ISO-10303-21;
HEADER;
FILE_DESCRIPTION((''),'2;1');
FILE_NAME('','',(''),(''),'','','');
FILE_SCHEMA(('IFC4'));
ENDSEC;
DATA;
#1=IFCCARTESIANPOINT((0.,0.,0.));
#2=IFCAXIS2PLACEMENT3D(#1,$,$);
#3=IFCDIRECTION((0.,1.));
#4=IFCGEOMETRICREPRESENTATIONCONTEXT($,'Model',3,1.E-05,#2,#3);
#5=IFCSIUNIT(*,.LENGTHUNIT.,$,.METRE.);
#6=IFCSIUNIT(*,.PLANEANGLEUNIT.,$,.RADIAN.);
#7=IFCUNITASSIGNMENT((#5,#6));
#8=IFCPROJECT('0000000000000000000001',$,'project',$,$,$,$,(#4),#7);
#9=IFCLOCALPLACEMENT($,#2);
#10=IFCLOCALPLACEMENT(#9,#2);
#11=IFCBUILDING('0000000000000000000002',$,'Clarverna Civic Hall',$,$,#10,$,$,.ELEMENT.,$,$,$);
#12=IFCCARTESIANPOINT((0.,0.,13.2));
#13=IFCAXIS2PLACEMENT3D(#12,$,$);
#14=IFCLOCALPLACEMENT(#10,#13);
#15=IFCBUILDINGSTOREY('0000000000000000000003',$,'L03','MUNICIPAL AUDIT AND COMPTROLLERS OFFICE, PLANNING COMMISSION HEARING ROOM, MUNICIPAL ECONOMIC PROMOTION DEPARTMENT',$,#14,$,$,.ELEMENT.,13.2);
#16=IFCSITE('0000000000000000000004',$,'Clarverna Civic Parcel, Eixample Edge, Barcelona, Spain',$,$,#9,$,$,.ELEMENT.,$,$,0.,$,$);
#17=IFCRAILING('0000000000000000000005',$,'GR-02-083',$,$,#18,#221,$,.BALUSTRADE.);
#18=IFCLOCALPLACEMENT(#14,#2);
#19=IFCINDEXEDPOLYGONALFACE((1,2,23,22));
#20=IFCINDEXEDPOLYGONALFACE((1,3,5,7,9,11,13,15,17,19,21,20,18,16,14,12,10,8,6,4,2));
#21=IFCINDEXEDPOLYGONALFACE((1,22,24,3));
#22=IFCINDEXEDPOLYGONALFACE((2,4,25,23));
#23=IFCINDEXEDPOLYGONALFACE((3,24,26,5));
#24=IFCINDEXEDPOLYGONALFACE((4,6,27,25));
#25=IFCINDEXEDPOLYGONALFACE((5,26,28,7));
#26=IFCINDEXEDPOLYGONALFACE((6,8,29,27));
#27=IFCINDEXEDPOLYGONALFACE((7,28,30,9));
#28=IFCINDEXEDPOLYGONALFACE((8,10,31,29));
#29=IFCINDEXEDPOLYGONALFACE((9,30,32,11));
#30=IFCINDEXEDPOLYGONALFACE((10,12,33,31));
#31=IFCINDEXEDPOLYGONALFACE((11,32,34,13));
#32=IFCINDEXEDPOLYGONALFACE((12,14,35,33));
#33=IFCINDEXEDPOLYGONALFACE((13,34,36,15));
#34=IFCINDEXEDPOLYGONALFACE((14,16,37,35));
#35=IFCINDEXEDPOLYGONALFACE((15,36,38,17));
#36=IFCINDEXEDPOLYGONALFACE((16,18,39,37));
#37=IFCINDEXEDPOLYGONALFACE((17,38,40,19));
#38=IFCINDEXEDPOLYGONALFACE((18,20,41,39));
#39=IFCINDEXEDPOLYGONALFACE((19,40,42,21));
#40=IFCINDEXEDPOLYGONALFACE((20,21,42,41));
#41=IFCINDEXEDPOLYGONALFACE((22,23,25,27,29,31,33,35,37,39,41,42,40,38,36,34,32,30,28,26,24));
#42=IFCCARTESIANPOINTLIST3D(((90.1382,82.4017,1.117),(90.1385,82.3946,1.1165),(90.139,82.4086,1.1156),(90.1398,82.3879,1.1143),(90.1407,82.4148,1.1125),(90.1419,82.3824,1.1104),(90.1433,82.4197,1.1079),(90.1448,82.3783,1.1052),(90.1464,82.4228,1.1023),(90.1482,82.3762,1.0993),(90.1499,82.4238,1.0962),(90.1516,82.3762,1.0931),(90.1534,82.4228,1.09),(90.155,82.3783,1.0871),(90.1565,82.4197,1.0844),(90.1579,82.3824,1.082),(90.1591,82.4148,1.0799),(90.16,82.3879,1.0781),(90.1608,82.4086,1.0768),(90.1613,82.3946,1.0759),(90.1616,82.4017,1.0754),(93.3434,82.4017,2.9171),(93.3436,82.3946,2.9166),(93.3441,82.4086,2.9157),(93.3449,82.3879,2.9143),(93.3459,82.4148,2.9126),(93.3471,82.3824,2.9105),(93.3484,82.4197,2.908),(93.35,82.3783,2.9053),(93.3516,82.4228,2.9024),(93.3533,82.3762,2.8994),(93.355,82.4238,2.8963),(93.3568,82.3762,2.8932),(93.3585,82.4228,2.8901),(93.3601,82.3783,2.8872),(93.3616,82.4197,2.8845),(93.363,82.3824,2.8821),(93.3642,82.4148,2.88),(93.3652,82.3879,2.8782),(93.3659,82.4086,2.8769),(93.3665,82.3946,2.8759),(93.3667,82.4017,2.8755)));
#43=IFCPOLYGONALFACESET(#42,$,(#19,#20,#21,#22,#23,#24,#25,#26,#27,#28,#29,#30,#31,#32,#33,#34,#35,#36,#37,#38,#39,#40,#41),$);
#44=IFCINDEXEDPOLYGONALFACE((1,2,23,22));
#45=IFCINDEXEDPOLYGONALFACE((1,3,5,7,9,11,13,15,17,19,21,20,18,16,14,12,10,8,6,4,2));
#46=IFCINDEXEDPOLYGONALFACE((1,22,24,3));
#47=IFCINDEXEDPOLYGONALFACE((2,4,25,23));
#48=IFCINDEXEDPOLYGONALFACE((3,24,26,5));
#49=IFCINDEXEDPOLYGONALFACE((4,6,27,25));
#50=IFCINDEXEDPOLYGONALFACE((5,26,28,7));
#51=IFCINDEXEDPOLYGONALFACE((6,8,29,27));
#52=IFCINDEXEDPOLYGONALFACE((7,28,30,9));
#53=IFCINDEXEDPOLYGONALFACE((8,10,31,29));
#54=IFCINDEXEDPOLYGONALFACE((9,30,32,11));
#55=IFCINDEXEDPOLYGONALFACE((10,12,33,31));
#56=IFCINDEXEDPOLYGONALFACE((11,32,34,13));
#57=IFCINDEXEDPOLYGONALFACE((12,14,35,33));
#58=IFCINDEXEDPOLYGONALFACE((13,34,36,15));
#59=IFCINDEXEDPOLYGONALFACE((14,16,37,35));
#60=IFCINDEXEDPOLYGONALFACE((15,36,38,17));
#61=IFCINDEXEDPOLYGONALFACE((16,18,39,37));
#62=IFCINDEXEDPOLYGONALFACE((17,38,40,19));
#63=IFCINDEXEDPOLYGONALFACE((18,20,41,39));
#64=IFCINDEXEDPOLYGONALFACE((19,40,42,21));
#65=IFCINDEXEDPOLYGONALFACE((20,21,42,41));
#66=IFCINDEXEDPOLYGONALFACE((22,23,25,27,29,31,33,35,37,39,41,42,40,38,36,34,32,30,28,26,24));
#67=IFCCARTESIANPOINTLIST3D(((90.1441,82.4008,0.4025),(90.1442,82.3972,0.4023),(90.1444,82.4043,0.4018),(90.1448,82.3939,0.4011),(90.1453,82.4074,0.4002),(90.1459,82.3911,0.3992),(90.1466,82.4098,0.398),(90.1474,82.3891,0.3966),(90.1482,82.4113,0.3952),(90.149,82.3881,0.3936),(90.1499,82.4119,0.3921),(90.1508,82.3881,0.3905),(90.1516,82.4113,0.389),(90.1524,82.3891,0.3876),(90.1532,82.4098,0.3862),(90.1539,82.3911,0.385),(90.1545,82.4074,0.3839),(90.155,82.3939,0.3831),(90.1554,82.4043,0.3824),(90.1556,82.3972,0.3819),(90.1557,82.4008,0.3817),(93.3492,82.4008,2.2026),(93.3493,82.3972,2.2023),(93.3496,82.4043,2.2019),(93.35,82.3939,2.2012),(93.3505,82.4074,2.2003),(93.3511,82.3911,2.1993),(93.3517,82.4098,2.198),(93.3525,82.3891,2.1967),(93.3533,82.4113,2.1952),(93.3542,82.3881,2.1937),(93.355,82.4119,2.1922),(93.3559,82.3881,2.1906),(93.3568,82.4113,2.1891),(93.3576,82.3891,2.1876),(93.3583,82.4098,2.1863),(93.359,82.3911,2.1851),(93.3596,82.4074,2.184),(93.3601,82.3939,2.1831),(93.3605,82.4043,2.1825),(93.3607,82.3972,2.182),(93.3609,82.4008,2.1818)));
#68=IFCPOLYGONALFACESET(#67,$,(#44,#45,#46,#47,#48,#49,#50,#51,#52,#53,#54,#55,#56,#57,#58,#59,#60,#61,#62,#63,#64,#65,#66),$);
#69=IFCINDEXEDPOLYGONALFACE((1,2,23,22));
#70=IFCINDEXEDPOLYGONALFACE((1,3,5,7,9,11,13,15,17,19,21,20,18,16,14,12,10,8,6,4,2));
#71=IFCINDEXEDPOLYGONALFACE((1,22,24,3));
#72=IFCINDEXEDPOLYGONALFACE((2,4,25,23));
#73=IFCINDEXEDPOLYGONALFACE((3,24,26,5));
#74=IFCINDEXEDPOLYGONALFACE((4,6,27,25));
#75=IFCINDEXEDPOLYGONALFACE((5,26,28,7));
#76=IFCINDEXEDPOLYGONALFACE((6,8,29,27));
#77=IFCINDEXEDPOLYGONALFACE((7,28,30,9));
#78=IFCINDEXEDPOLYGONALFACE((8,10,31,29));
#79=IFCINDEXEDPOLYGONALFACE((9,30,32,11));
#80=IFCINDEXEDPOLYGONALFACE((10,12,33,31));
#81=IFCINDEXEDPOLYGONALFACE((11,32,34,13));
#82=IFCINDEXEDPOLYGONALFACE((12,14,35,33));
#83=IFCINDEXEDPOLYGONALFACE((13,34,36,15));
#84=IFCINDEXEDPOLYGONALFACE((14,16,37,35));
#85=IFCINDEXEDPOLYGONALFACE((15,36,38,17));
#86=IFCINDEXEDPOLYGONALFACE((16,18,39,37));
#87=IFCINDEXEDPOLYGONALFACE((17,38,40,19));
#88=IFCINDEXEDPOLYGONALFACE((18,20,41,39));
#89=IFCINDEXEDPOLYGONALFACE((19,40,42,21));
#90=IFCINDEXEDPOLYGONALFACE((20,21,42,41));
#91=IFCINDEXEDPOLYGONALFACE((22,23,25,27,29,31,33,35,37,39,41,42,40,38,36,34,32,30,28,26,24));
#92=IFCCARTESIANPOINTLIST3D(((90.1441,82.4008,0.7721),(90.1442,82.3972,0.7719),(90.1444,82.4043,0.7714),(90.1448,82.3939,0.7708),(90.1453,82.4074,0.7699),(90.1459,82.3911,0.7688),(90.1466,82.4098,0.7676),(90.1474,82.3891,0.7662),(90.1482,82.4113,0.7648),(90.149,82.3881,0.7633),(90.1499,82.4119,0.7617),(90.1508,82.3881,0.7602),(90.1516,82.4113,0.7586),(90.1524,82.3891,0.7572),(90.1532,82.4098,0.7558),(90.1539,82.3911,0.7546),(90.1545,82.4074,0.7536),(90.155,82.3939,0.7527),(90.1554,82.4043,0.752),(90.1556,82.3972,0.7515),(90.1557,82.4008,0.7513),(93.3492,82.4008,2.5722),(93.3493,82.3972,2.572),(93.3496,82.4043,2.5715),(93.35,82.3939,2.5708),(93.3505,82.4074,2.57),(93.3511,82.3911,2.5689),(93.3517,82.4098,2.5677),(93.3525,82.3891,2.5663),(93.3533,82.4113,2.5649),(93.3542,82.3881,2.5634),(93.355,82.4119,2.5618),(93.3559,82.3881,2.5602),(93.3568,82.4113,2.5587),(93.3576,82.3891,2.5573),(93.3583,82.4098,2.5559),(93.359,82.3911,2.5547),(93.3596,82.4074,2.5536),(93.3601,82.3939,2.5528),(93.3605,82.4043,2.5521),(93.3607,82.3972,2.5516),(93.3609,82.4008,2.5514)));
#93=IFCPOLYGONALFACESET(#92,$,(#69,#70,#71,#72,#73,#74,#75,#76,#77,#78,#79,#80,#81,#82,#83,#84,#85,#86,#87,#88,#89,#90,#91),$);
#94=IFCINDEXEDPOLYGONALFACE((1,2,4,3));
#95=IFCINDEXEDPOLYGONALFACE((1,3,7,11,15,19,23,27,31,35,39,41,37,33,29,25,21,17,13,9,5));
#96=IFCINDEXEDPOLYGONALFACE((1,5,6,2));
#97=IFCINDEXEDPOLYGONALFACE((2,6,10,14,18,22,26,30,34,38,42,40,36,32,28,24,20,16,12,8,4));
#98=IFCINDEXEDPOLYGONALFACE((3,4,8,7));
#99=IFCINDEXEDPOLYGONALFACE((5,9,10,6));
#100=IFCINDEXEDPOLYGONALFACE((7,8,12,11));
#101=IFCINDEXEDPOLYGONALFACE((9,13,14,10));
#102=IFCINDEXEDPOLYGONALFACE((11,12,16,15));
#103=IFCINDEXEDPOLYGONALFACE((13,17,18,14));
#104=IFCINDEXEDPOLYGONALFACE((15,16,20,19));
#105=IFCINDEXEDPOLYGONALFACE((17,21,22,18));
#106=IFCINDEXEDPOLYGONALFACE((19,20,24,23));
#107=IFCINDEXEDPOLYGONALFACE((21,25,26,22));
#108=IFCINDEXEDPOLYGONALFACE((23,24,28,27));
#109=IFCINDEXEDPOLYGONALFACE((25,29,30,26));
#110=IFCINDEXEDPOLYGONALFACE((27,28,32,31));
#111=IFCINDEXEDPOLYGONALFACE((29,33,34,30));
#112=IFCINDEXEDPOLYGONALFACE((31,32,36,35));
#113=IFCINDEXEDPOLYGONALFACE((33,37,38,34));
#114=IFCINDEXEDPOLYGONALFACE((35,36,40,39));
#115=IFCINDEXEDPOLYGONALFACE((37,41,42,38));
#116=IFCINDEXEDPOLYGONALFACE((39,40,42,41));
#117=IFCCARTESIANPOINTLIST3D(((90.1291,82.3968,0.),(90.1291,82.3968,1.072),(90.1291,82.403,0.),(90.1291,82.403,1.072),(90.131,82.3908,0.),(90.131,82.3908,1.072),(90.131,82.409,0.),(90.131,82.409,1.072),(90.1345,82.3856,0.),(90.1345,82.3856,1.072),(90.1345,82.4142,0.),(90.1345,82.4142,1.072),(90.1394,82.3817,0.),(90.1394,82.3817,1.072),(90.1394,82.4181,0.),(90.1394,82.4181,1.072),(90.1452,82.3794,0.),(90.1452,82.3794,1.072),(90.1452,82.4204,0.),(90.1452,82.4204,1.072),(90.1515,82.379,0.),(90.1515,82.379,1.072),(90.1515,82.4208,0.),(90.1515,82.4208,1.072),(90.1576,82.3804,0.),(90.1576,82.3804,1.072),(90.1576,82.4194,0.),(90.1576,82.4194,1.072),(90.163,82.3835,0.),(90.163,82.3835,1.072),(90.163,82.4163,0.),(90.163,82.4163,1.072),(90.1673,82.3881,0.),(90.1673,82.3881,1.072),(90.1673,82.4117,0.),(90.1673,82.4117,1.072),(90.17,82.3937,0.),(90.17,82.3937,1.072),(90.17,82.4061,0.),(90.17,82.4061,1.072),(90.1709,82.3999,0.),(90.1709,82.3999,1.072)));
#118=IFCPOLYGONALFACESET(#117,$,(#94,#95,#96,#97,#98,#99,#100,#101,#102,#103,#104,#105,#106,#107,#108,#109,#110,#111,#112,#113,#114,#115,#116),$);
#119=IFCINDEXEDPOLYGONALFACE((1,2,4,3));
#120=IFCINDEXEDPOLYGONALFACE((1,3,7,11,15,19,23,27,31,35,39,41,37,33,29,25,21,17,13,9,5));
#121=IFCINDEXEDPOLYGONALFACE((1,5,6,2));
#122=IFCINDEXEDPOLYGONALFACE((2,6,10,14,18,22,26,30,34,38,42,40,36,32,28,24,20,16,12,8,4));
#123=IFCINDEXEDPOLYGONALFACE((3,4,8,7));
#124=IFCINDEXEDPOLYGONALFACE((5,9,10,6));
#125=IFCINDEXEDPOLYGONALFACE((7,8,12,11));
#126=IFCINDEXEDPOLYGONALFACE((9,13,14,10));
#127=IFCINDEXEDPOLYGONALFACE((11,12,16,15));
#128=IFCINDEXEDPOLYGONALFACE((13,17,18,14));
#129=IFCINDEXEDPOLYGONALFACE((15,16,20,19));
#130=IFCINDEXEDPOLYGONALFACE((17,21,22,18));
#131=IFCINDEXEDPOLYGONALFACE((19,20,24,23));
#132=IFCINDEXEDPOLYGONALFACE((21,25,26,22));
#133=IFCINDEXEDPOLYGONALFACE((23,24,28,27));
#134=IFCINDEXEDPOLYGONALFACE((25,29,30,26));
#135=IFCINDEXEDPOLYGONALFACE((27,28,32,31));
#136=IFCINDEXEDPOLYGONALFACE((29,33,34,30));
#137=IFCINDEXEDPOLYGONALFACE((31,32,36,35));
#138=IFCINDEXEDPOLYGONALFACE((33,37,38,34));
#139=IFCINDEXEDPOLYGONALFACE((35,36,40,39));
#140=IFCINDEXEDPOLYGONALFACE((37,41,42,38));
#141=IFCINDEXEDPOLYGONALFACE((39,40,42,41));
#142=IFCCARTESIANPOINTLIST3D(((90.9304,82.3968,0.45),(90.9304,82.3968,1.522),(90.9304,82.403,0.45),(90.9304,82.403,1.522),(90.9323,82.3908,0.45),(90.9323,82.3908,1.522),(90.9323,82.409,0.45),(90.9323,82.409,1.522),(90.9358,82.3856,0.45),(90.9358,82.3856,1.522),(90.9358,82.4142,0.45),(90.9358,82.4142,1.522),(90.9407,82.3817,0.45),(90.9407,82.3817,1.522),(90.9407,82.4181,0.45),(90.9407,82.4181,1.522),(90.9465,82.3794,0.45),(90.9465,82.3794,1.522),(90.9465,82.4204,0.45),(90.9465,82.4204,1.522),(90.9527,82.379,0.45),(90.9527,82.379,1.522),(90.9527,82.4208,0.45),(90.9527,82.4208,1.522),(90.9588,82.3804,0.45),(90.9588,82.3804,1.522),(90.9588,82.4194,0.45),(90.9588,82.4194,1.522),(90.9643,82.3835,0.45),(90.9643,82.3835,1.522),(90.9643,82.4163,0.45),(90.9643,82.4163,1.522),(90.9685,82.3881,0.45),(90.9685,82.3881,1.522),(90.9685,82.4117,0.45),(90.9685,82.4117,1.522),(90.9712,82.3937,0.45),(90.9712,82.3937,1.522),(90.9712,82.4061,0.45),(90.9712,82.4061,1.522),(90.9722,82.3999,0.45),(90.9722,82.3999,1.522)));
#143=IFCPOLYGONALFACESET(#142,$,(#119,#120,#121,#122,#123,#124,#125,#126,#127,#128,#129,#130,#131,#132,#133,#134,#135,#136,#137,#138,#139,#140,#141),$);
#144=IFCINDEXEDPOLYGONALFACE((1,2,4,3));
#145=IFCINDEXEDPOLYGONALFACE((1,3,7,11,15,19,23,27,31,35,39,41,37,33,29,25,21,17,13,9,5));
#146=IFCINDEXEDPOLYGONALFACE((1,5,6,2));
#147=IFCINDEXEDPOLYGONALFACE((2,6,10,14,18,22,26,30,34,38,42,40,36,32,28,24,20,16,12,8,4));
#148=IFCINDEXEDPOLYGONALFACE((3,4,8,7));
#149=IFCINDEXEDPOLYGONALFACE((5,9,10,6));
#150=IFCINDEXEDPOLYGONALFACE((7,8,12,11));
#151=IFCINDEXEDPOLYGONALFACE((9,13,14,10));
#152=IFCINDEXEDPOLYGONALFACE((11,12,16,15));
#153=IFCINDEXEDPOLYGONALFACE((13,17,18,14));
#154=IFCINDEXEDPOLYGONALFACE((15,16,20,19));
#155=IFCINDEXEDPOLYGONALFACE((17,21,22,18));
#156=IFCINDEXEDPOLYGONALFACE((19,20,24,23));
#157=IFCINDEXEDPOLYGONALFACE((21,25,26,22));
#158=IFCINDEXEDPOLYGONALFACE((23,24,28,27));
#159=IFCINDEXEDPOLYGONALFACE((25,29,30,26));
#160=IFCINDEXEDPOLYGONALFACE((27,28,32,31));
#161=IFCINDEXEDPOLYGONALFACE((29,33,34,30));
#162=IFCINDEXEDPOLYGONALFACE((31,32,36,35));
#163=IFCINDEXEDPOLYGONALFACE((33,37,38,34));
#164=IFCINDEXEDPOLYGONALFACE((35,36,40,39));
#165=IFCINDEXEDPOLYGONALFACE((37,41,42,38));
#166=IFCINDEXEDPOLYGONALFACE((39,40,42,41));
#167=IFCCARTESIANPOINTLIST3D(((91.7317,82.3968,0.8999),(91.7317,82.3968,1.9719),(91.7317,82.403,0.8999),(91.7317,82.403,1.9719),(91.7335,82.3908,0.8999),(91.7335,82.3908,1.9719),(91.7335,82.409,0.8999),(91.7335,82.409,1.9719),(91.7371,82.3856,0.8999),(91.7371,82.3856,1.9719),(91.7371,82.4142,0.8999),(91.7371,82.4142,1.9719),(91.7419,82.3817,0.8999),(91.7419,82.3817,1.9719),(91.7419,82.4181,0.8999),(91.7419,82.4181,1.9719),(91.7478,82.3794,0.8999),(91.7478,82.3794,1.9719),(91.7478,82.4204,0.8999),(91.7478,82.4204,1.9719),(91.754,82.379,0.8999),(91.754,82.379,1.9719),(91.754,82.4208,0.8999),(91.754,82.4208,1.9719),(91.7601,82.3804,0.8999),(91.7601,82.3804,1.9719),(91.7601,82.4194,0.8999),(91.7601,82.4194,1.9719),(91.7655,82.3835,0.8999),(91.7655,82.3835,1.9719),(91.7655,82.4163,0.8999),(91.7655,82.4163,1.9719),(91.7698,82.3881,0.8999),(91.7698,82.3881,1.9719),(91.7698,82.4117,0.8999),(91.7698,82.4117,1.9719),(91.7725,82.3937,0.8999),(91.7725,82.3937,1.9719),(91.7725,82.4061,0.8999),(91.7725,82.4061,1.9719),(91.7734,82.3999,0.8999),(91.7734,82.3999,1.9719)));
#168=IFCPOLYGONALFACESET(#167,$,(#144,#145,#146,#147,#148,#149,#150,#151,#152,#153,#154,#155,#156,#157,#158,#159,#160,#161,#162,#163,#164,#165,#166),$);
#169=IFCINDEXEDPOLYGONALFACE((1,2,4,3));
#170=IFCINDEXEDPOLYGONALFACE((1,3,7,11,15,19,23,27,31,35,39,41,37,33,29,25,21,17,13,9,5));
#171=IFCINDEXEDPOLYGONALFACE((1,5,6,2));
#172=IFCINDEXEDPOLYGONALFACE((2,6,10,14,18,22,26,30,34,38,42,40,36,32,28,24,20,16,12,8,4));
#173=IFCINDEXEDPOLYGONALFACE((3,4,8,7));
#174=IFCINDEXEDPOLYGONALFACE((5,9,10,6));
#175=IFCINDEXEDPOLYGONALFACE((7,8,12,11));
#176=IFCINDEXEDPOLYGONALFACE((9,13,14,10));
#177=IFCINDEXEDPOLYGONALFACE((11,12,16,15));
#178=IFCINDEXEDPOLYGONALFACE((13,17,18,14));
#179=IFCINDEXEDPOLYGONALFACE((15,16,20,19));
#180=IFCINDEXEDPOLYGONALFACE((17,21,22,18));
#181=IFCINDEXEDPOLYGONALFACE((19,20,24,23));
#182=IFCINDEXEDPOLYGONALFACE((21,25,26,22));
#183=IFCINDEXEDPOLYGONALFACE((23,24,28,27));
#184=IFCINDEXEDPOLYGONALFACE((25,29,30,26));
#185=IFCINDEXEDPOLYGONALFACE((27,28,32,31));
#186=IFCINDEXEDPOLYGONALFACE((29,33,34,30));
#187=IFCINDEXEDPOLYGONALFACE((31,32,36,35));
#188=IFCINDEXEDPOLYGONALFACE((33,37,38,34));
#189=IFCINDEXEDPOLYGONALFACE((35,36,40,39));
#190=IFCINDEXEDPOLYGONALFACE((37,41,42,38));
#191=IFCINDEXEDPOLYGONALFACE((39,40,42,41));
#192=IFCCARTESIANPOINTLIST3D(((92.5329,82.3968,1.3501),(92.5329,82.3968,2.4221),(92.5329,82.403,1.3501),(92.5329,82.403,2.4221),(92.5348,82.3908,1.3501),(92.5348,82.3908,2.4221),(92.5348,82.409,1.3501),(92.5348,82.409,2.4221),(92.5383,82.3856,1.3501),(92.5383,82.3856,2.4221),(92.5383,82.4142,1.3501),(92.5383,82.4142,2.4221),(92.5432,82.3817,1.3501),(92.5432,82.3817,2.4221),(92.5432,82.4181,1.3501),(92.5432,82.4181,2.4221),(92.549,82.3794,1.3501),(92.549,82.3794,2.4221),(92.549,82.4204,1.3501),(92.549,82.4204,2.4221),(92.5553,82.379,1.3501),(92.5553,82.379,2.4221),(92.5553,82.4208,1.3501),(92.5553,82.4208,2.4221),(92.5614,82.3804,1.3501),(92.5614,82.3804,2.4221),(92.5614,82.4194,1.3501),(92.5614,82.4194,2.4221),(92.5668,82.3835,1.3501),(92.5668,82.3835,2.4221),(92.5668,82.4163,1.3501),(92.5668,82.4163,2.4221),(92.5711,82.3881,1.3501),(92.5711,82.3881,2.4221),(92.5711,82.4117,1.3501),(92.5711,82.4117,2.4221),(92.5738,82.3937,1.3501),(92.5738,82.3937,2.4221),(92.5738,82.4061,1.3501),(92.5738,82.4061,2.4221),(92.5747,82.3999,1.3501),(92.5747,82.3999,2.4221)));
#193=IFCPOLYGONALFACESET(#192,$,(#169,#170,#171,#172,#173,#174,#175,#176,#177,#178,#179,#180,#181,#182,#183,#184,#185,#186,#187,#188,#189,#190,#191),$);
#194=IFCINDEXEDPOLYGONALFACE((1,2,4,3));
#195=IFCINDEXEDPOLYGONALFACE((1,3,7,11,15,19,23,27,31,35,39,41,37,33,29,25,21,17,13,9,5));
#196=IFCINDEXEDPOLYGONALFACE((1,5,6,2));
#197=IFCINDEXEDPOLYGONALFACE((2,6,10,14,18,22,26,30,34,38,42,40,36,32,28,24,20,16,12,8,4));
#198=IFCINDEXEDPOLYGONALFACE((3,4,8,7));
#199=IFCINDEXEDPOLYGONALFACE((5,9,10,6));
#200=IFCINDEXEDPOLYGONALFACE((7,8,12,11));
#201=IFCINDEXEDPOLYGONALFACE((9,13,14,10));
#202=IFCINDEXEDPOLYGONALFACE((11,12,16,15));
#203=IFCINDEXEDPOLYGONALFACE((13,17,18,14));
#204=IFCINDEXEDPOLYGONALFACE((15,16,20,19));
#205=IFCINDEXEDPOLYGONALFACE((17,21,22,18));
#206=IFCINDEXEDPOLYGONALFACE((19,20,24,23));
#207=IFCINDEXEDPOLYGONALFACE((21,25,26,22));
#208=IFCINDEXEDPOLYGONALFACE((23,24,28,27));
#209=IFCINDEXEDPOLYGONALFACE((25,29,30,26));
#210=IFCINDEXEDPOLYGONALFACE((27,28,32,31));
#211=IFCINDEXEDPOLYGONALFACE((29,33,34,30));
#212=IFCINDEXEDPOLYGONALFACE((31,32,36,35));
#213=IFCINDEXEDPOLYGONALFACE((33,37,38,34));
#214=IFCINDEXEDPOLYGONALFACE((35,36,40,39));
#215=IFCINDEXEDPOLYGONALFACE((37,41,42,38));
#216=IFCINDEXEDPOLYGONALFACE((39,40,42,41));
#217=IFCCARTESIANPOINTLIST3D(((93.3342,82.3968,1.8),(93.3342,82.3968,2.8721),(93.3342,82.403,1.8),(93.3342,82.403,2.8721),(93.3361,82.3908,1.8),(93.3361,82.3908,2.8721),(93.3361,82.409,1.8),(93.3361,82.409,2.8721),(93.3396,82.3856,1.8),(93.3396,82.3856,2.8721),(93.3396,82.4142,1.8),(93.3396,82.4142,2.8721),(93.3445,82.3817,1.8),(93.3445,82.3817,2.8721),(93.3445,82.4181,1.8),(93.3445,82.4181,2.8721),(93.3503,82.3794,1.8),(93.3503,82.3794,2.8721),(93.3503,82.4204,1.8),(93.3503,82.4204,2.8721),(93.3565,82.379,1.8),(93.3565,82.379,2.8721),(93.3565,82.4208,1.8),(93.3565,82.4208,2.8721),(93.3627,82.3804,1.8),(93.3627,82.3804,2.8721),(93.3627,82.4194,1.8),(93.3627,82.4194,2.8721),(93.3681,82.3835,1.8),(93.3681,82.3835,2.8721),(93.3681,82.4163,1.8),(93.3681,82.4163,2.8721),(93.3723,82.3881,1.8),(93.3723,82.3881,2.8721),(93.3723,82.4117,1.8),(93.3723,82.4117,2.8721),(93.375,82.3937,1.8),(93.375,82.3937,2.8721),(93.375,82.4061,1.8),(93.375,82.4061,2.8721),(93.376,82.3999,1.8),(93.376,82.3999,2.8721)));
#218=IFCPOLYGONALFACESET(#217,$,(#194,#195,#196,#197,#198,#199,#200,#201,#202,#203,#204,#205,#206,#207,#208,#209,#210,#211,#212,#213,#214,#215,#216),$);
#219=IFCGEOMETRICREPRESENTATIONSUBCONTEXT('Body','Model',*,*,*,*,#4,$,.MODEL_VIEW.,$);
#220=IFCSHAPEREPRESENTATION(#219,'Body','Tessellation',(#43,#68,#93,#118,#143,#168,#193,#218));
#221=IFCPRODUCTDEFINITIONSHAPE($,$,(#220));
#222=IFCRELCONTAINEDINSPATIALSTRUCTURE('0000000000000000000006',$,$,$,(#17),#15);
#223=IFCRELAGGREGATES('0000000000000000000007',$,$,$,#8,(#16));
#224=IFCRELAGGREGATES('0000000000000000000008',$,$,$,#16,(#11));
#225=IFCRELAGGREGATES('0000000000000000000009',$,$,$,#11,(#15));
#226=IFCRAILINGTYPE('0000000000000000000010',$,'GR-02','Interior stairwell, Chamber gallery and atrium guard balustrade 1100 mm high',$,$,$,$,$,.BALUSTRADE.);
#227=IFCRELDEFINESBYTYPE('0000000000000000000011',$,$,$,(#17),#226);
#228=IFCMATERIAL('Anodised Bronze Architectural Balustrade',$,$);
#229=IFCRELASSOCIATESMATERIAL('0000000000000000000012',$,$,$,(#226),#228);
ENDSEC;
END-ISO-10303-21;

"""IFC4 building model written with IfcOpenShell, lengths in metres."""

from ifc_helpers import new_model, si_unit, direction, frame, origin, origin_2d, place, context, subcontext, project, spatial, circle, extrude, material, type_object, element, save


model = new_model("IFC4")

# Units and contexts
model_context = context("Model", 3, precision=1e-05, world=origin(), true_north=direction((0.0, 1.0)))
body_context = subcontext(model_context, "Body", "Model", "MODEL_VIEW")
ifc_project = project(units=[si_unit("LENGTHUNIT", "METRE"), si_unit("PLANEANGLEUNIT", "RADIAN")], contexts=[model_context])

# Site, building, storey
site_placement = place(None, origin())
site = spatial("IfcSite", under=ifc_project, at=site_placement, Name="Clarverna Civic Parcel, Eixample Edge, Barcelona, Spain", CompositionType="ELEMENT", RefElevation=0.0)
building_placement = place(site_placement, origin())
building = spatial("IfcBuilding", under=site, at=building_placement, Name="Clarverna Civic Hall", CompositionType="ELEMENT")
storey_placement = place(building_placement, frame((0.0, 0.0, 13.2)))
storey = spatial("IfcBuildingStorey", under=building, at=storey_placement, Name="L03", Description="MUNICIPAL AUDIT AND COMPTROLLERS OFFICE, PLANNING COMMISSION HEARING ROOM, MUNICIPAL ECONOMIC PROMOTION DEPARTMENT", CompositionType="ELEMENT", Elevation=13.2)

# Railing
ifc_material_1 = material(Name="Anodised Bronze Architectural Balustrade")
railing_type_1 = type_object("IfcRailingType", Name="GR-02", Description="Interior stairwell, Chamber gallery and atrium guard balustrade 1100 mm high", PredefinedType="BALUSTRADE", material=ifc_material_1)
railing_1_placement = place(storey_placement, frame((90.1499, 82.3999, 0.0)))
element("IfcRailing", 1, at=railing_1_placement, inside=storey, type_object=railing_type_1, Name="GR-02-083", PredefinedType="BALUSTRADE", context=body_context, shape_type="SweptSolid", body=[
    extrude(circle(Radius=0.0239, at=origin_2d()), frame((0.0, 0.0, 1.0962), z_axis=(0.871902, 0.0, 0.489681), x_axis=(0.0, 1.0, 0.0)), (0.0, 0.0, 1.0), 3.676),
    extrude(circle(Radius=0.012, at=origin_2d()), frame((0.0, 0.0, 0.3921), z_axis=(0.871902, 0.0, 0.489681), x_axis=(0.0, 1.0, 0.0)), (0.0, 0.0, 1.0), 3.676),
    extrude(circle(Radius=0.012, at=origin_2d()), frame((0.0, 0.0, 0.7617), z_axis=(0.871902, 0.0, 0.489681), x_axis=(0.0, 1.0, 0.0)), (0.0, 0.0, 1.0), 3.676),
    extrude(circle(Radius=0.021, at=origin_2d()), origin(), (0.0, 0.0, 1.0), 1.072),
    extrude(circle(Radius=0.021, at=origin_2d()), frame((0.8013, 0.0, 0.45)), (0.0, 0.0, 1.0), 1.072),
    extrude(circle(Radius=0.021, at=origin_2d()), frame((1.6025, 0.0, 0.8999)), (0.0, 0.0, 1.0), 1.072),
    extrude(circle(Radius=0.021, at=origin_2d()), frame((2.4038, 0.0, 1.3501)), (0.0, 0.0, 1.0), 1.072),
    extrude(circle(Radius=0.021, at=origin_2d()), frame((3.2051, 0.0, 1.8)), (0.0, 0.0, 1.0), 1.072),
])

save(model, "model.ifc")
